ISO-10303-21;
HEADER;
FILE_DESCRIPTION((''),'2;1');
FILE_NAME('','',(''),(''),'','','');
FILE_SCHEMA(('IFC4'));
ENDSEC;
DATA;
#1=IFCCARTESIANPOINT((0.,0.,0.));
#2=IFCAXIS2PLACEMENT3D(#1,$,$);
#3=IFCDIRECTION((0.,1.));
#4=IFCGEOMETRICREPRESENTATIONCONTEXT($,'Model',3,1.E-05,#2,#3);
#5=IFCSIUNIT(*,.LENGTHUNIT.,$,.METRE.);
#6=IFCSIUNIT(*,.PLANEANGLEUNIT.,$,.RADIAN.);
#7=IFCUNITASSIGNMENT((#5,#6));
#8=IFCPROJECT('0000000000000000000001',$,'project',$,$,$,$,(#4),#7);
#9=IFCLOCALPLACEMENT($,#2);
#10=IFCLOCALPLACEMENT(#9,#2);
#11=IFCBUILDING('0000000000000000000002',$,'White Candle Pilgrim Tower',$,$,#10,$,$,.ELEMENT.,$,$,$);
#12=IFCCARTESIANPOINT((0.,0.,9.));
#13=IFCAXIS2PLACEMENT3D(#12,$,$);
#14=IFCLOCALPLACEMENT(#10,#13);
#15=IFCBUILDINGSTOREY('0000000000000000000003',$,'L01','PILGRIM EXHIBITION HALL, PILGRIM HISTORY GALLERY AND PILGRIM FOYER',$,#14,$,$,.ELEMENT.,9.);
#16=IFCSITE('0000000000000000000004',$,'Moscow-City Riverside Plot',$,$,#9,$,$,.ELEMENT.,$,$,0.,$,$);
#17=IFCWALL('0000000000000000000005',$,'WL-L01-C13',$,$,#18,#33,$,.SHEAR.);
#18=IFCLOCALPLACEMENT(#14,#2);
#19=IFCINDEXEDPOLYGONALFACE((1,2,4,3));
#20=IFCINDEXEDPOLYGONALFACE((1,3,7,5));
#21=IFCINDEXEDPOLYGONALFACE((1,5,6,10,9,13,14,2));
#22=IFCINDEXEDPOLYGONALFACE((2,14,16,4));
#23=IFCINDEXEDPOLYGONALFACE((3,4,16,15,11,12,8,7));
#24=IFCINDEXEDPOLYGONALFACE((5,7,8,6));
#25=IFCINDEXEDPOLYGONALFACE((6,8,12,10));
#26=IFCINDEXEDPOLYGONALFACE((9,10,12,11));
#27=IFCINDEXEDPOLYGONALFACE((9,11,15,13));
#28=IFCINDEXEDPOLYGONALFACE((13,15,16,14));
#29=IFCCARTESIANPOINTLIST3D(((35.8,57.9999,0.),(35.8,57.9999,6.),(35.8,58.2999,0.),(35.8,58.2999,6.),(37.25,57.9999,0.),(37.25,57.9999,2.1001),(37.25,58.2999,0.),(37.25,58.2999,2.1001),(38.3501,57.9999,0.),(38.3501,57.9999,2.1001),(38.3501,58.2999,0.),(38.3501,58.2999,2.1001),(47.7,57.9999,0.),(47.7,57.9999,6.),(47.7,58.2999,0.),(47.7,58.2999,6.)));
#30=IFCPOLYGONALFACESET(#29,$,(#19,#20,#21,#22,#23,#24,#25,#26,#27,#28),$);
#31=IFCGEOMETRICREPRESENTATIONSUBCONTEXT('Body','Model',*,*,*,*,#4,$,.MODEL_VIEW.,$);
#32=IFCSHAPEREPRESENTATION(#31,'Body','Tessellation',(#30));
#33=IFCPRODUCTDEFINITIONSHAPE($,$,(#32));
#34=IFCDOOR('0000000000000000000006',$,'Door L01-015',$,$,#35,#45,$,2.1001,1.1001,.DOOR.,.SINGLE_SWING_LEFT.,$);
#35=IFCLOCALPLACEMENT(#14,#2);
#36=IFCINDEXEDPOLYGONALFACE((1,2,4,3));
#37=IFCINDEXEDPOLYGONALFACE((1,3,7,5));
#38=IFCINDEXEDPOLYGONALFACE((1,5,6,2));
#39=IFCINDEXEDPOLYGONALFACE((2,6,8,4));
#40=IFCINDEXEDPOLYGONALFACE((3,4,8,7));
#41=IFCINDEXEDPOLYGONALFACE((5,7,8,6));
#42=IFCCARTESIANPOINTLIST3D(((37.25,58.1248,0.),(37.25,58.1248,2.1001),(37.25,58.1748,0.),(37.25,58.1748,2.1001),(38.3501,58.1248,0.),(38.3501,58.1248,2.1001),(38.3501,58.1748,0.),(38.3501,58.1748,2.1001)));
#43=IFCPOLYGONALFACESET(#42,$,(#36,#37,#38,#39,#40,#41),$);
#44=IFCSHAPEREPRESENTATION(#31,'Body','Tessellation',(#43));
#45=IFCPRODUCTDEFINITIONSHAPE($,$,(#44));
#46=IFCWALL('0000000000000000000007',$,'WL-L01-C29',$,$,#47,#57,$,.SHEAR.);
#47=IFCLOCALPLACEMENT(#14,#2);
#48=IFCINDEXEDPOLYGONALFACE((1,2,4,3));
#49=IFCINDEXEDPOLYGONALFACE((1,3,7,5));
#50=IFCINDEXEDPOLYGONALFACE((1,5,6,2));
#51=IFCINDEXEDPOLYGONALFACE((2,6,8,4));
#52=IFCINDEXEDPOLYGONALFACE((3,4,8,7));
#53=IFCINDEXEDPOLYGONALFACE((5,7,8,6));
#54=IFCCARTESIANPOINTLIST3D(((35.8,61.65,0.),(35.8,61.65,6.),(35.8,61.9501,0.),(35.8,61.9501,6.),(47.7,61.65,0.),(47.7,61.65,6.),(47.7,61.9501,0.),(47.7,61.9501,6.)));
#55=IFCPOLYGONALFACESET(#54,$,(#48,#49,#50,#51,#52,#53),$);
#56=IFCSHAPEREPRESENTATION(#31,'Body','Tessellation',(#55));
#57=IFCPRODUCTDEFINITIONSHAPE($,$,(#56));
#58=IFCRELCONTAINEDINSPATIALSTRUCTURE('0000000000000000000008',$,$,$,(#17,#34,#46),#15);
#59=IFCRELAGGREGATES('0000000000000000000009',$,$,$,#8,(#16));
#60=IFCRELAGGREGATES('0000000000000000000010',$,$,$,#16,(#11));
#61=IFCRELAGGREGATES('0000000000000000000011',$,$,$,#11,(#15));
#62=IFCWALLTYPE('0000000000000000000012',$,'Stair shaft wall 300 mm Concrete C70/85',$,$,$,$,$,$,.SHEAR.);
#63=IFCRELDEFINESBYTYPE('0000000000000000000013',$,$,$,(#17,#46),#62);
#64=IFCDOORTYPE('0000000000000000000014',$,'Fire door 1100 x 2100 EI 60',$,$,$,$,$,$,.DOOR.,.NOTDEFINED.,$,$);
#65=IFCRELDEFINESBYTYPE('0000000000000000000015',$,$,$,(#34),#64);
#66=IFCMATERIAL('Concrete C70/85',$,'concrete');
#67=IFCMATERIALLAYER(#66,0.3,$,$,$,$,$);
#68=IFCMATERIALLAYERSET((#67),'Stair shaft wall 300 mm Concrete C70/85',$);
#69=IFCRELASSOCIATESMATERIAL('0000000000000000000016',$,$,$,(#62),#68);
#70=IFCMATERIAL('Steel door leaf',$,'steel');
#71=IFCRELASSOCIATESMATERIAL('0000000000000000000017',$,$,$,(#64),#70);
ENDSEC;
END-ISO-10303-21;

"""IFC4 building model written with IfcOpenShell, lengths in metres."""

from ifc_helpers import new_model, si_unit, direction, frame, frame_2d, origin, place, context, subcontext, project, spatial, rectangle, extrude, material, layer, layer_set, type_object, element, fill, save


model = new_model("IFC4")

# Units and contexts
model_context = context("Model", 3, precision=1e-05, world=origin(), true_north=direction((0.0, 1.0)))
body_context = subcontext(model_context, "Body", "Model", "MODEL_VIEW")
ifc_project = project(units=[si_unit("LENGTHUNIT", "METRE"), si_unit("PLANEANGLEUNIT", "RADIAN")], contexts=[model_context])

# Site, building, storey
site_placement = place(None, origin())
site = spatial("IfcSite", under=ifc_project, at=site_placement, Name="Moscow-City Riverside Plot", CompositionType="ELEMENT", RefElevation=0.0)
building_placement = place(site_placement, origin())
building = spatial("IfcBuilding", under=site, at=building_placement, Name="White Candle Pilgrim Tower", CompositionType="ELEMENT")
storey_placement = place(building_placement, frame((0.0, 0.0, 9.0)))
storey = spatial("IfcBuildingStorey", under=building, at=storey_placement, Name="L01", Description="PILGRIM EXHIBITION HALL, PILGRIM HISTORY GALLERY AND PILGRIM FOYER", CompositionType="ELEMENT", Elevation=9.0)

# Shared definitions
ifc_material_1 = material(Name="Concrete C70/85", Category="concrete")

# Shared definitions
ifc_material_2 = material(Name="Steel door leaf", Category="steel")

# Wall, opening, door
ifc_layer_1 = layer(ifc_material_1, 0.3)
ifc_layer_set_1 = layer_set([ifc_layer_1], Name="Stair shaft wall 300 mm Concrete C70/85")
wall_type_1 = type_object("IfcWallType", Name="Stair shaft wall 300 mm Concrete C70/85", PredefinedType="SHEAR", material=ifc_layer_set_1)
wall_1_placement = place(storey_placement, frame((35.8, 58.1499, 0.0), z_axis=(0.0, 0.0, 1.0), x_axis=(1.0, 0.0, 0.0)))
wall_1 = element("IfcWall", 1, at=wall_1_placement, inside=storey, type_object=wall_type_1, Name="WL-L01-C13", PredefinedType="SHEAR", context=body_context, shape_type="SweptSolid", body=[
    extrude(rectangle(XDim=11.8999, YDim=0.3, at=frame_2d((5.95, 0.0))), origin(), (0.0, 0.0, 1.0), 6.0),
])
opening_1_placement = place(wall_1_placement, frame((1.45, 0.0, 0.0)))
opening_1 = element("IfcOpeningElement", 2, at=opening_1_placement, cuts=wall_1, PredefinedType="OPENING", context=body_context, shape_type="SweptSolid", body=[
    extrude(rectangle(XDim=1.1001, YDim=2.1001, at=frame_2d((0.55, 1.05))), frame((0.0, 0.1599, 0.0), z_axis=(0.0, -1.0, 0.0), x_axis=(1.0, 0.0, 0.0)), (0.0, 0.0, 1.0), 0.3201),
])
door_type_1 = type_object("IfcDoorType", Name="Fire door 1100 x 2100 EI 60", OperationType="NOTDEFINED", PredefinedType="DOOR", material=ifc_material_2)
door_1_placement = place(opening_1_placement, origin())
door_1 = element("IfcDoor", 3, at=door_1_placement, inside=storey, type_object=door_type_1, Name="Door L01-015", OperationType="SINGLE_SWING_LEFT", OverallHeight=2.1001, OverallWidth=1.1001, PredefinedType="DOOR", context=body_context, shape_type="SweptSolid", body=[
    extrude(rectangle(XDim=1.1001, YDim=2.1001, at=frame_2d((0.55, 1.05))), frame((0.0, 0.0249, 0.0), z_axis=(0.0, -1.0, 0.0), x_axis=(1.0, 0.0, 0.0)), (0.0, 0.0, 1.0), 0.05),
])
fill(opening_1, door_1)

# Wall
wall_2_placement = place(storey_placement, frame((35.8, 61.8, 0.0), z_axis=(0.0, 0.0, 1.0), x_axis=(1.0, 0.0, 0.0)))
element("IfcWall", 4, at=wall_2_placement, inside=storey, type_object=wall_type_1, Name="WL-L01-C29", PredefinedType="SHEAR", context=body_context, shape_type="SweptSolid", body=[
    extrude(rectangle(XDim=11.8999, YDim=0.3, at=frame_2d((5.95, 0.0))), origin(), (0.0, 0.0, 1.0), 6.0),
])

save(model, "model.ifc")
